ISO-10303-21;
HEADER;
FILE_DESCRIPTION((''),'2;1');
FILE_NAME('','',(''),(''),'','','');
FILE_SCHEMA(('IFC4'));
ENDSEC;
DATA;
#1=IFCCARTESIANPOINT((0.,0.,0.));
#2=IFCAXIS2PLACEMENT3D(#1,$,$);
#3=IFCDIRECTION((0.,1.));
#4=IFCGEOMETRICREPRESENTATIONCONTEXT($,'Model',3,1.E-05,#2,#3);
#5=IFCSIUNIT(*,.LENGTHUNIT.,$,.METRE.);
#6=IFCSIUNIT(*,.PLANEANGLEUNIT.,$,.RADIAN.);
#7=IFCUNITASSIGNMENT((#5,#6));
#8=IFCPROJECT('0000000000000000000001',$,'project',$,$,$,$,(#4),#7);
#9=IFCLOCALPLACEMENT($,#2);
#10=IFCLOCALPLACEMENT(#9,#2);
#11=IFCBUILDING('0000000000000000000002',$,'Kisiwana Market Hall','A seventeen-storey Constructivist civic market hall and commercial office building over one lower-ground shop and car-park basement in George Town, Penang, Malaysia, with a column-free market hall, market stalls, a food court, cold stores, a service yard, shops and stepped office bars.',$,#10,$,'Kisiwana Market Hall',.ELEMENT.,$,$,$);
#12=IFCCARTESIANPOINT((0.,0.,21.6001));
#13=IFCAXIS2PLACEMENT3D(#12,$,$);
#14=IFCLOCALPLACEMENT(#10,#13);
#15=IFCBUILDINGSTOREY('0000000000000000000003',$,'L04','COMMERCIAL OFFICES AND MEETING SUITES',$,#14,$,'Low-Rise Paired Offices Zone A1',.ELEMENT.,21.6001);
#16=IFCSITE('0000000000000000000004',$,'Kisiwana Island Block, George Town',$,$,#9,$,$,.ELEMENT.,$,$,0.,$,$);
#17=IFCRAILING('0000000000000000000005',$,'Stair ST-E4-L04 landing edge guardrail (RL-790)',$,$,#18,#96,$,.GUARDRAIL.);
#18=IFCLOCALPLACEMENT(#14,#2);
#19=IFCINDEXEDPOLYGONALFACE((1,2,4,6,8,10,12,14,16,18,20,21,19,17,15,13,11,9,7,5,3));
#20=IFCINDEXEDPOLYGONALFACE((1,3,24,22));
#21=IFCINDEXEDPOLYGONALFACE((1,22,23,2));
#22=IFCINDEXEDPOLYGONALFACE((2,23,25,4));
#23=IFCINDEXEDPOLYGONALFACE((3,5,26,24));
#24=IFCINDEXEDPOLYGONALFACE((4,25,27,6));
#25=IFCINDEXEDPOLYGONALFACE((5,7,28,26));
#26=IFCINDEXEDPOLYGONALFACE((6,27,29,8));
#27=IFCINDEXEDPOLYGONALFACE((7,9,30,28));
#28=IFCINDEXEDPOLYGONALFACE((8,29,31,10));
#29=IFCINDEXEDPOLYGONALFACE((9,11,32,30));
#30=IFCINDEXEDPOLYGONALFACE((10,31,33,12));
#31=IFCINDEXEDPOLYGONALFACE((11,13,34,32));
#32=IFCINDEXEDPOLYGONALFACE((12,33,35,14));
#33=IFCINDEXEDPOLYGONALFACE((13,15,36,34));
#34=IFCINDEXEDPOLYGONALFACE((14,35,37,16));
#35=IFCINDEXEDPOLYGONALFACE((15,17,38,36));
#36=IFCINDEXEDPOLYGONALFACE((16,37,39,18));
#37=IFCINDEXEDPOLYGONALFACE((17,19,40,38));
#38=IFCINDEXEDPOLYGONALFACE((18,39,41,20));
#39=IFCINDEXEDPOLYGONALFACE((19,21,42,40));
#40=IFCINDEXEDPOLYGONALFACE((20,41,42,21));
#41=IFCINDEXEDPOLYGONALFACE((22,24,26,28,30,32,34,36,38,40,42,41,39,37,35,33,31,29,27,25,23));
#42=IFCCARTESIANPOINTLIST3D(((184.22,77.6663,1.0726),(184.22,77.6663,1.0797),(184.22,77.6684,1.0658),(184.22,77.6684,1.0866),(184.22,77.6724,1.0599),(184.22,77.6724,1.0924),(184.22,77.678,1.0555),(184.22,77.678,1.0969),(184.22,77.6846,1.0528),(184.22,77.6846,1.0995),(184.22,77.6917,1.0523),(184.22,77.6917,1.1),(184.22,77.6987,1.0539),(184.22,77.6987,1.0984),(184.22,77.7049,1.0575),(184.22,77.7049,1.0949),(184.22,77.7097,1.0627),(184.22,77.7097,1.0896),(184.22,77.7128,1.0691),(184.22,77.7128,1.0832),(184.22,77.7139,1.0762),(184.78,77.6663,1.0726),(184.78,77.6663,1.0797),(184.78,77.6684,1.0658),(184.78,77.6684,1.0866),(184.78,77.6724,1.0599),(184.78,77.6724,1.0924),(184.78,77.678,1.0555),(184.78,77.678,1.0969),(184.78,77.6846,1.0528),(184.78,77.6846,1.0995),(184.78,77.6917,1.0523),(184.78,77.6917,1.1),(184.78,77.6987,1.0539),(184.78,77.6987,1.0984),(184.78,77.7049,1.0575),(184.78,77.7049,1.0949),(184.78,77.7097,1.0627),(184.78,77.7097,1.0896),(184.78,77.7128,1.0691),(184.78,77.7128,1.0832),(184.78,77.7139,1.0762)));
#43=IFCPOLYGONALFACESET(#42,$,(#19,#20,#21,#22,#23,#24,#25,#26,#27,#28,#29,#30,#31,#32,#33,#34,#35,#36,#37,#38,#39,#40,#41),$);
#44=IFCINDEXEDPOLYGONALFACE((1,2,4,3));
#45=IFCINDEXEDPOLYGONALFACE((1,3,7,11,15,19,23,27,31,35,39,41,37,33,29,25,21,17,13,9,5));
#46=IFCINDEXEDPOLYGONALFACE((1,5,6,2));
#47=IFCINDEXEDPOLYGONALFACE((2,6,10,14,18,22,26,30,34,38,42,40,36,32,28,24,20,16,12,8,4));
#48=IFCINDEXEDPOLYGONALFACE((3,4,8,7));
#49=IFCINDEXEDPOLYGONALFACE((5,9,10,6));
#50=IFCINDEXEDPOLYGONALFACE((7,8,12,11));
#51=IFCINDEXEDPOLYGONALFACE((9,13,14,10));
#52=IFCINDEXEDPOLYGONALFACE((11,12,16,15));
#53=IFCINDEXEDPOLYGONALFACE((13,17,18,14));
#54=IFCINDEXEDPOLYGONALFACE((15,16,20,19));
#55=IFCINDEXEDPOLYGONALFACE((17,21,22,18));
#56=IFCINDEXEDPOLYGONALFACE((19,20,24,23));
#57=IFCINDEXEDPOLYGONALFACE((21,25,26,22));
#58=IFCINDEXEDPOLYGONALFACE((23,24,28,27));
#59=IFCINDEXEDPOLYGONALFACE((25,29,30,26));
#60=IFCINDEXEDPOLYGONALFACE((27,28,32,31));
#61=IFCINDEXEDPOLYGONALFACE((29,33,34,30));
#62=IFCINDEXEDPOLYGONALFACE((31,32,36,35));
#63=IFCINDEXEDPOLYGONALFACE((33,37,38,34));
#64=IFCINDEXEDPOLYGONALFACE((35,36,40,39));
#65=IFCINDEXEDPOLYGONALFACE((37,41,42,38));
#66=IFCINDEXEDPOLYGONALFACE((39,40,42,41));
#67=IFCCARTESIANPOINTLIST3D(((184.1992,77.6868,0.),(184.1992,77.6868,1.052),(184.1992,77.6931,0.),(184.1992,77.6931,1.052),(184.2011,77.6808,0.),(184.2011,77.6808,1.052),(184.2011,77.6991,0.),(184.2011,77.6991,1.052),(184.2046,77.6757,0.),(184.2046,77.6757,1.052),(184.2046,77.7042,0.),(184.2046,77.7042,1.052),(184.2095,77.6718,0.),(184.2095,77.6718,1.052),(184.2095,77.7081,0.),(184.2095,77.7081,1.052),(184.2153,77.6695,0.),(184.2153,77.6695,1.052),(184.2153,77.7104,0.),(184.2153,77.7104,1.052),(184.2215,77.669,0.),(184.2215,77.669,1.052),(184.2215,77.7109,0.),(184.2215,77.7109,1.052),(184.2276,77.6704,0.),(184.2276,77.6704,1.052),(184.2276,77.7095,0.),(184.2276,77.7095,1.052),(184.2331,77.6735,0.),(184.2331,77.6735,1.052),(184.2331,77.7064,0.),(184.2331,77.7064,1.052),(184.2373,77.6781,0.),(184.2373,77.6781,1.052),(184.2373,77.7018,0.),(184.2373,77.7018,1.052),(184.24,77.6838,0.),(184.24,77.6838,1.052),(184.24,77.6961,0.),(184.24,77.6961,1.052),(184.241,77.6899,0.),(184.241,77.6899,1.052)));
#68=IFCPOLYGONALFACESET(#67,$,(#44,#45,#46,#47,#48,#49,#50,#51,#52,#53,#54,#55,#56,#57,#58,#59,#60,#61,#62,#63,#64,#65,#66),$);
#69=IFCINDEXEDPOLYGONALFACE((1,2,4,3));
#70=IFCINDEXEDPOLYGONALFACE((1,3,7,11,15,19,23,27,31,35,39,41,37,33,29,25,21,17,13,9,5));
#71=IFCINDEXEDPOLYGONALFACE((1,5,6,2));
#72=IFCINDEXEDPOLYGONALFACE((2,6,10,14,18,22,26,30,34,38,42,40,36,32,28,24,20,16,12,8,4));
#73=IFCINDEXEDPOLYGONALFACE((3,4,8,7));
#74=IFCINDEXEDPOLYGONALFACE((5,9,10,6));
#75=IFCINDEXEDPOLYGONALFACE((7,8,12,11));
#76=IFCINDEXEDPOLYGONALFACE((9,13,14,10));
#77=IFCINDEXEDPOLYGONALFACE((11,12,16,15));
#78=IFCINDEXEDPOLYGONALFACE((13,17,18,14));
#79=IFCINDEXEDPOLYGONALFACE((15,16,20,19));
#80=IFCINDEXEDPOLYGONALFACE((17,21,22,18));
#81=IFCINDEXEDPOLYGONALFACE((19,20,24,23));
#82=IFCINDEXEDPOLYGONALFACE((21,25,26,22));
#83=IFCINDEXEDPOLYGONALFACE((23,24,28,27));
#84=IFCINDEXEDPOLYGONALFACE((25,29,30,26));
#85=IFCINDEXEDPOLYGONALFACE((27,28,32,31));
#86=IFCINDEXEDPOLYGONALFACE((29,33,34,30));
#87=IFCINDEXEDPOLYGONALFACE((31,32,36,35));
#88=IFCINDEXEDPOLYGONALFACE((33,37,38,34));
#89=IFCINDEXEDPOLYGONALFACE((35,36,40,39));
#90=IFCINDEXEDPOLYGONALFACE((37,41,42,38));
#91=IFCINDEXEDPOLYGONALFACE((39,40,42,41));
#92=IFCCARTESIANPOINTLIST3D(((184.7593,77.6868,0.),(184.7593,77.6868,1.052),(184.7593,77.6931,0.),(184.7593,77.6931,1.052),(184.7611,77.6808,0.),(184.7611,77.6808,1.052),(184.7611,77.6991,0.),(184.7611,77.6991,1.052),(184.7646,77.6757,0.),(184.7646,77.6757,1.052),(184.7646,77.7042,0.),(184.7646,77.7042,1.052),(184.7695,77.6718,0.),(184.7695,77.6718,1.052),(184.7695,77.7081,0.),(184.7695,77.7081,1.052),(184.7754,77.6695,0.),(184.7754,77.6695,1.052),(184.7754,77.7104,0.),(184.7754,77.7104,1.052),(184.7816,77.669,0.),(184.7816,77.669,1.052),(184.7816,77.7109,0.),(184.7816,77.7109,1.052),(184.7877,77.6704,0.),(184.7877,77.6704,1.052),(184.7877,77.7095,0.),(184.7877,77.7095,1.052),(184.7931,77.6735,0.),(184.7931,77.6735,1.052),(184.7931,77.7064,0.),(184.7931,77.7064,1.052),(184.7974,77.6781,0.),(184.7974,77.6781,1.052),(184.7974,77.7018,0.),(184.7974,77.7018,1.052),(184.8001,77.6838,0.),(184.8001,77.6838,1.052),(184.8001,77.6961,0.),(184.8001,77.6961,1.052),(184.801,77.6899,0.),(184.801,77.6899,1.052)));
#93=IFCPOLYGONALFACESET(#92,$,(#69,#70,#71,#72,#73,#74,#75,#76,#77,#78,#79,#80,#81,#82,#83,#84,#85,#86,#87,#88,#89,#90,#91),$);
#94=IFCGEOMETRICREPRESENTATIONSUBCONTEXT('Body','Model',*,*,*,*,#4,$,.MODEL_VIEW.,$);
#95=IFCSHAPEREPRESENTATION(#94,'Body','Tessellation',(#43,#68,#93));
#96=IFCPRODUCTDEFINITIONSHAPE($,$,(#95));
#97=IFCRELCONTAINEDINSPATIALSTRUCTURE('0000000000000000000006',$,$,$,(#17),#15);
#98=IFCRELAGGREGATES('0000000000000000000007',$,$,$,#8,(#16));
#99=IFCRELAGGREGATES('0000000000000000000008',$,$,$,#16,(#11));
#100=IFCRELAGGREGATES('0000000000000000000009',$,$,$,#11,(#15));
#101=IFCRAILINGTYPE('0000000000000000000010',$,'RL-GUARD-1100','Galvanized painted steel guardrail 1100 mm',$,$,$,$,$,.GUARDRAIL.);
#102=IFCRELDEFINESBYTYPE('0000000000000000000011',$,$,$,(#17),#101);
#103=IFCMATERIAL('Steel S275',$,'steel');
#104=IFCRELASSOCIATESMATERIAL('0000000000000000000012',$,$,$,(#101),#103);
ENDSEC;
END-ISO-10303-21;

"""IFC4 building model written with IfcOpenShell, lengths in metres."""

from ifc_helpers import new_model, si_unit, direction, frame, origin, origin_2d, place, context, subcontext, project, spatial, circle, extrude, material, type_object, element, save


model = new_model("IFC4")

# Units and contexts
model_context = context("Model", 3, precision=1e-05, world=origin(), true_north=direction((0.0, 1.0)))
body_context = subcontext(model_context, "Body", "Model", "MODEL_VIEW")
ifc_project = project(units=[si_unit("LENGTHUNIT", "METRE"), si_unit("PLANEANGLEUNIT", "RADIAN")], contexts=[model_context])

# Site, building, storey
site_placement = place(None, origin())
site = spatial("IfcSite", under=ifc_project, at=site_placement, Name="Kisiwana Island Block, George Town", CompositionType="ELEMENT", RefElevation=0.0)
building_placement = place(site_placement, origin())
building = spatial("IfcBuilding", under=site, at=building_placement, Name="Kisiwana Market Hall", Description="A seventeen-storey Constructivist civic market hall and commercial office building over one lower-ground shop and car-park basement in George Town, Penang, Malaysia, with a column-free market hall, market stalls, a food court, cold stores, a service yard, shops and stepped office bars.", LongName="Kisiwana Market Hall", CompositionType="ELEMENT")
storey_placement = place(building_placement, frame((0.0, 0.0, 21.6001)))
storey = spatial("IfcBuildingStorey", under=building, at=storey_placement, Name="L04", Description="COMMERCIAL OFFICES AND MEETING SUITES", LongName="Low-Rise Paired Offices Zone A1", CompositionType="ELEMENT", Elevation=21.6001)

# Railing
ifc_material_1 = material(Name="Steel S275", Category="steel")
railing_type_1 = type_object("IfcRailingType", Name="RL-GUARD-1100", Description="Galvanized painted steel guardrail 1100 mm", PredefinedType="GUARDRAIL", material=ifc_material_1)
railing_1_placement = place(storey_placement, frame((184.22, 77.6899, 0.0)))
element("IfcRailing", 1, at=railing_1_placement, inside=storey, type_object=railing_type_1, Name="Stair ST-E4-L04 landing edge guardrail (RL-790)", PredefinedType="GUARDRAIL", context=body_context, shape_type="SweptSolid", body=[
    extrude(circle(Radius=0.0239, at=origin_2d()), frame((0.0, 0.0, 1.0762), z_axis=(1.0, 0.0, 0.0), x_axis=(0.0, 1.0, 0.0)), (0.0, 0.0, 1.0), 0.5601),
    extrude(circle(Radius=0.021, at=origin_2d()), origin(), (0.0, 0.0, 1.0), 1.052),
    extrude(circle(Radius=0.021, at=origin_2d()), frame((0.5601, 0.0, 0.0)), (0.0, 0.0, 1.0), 1.052),
])

save(model, "model.ifc")
